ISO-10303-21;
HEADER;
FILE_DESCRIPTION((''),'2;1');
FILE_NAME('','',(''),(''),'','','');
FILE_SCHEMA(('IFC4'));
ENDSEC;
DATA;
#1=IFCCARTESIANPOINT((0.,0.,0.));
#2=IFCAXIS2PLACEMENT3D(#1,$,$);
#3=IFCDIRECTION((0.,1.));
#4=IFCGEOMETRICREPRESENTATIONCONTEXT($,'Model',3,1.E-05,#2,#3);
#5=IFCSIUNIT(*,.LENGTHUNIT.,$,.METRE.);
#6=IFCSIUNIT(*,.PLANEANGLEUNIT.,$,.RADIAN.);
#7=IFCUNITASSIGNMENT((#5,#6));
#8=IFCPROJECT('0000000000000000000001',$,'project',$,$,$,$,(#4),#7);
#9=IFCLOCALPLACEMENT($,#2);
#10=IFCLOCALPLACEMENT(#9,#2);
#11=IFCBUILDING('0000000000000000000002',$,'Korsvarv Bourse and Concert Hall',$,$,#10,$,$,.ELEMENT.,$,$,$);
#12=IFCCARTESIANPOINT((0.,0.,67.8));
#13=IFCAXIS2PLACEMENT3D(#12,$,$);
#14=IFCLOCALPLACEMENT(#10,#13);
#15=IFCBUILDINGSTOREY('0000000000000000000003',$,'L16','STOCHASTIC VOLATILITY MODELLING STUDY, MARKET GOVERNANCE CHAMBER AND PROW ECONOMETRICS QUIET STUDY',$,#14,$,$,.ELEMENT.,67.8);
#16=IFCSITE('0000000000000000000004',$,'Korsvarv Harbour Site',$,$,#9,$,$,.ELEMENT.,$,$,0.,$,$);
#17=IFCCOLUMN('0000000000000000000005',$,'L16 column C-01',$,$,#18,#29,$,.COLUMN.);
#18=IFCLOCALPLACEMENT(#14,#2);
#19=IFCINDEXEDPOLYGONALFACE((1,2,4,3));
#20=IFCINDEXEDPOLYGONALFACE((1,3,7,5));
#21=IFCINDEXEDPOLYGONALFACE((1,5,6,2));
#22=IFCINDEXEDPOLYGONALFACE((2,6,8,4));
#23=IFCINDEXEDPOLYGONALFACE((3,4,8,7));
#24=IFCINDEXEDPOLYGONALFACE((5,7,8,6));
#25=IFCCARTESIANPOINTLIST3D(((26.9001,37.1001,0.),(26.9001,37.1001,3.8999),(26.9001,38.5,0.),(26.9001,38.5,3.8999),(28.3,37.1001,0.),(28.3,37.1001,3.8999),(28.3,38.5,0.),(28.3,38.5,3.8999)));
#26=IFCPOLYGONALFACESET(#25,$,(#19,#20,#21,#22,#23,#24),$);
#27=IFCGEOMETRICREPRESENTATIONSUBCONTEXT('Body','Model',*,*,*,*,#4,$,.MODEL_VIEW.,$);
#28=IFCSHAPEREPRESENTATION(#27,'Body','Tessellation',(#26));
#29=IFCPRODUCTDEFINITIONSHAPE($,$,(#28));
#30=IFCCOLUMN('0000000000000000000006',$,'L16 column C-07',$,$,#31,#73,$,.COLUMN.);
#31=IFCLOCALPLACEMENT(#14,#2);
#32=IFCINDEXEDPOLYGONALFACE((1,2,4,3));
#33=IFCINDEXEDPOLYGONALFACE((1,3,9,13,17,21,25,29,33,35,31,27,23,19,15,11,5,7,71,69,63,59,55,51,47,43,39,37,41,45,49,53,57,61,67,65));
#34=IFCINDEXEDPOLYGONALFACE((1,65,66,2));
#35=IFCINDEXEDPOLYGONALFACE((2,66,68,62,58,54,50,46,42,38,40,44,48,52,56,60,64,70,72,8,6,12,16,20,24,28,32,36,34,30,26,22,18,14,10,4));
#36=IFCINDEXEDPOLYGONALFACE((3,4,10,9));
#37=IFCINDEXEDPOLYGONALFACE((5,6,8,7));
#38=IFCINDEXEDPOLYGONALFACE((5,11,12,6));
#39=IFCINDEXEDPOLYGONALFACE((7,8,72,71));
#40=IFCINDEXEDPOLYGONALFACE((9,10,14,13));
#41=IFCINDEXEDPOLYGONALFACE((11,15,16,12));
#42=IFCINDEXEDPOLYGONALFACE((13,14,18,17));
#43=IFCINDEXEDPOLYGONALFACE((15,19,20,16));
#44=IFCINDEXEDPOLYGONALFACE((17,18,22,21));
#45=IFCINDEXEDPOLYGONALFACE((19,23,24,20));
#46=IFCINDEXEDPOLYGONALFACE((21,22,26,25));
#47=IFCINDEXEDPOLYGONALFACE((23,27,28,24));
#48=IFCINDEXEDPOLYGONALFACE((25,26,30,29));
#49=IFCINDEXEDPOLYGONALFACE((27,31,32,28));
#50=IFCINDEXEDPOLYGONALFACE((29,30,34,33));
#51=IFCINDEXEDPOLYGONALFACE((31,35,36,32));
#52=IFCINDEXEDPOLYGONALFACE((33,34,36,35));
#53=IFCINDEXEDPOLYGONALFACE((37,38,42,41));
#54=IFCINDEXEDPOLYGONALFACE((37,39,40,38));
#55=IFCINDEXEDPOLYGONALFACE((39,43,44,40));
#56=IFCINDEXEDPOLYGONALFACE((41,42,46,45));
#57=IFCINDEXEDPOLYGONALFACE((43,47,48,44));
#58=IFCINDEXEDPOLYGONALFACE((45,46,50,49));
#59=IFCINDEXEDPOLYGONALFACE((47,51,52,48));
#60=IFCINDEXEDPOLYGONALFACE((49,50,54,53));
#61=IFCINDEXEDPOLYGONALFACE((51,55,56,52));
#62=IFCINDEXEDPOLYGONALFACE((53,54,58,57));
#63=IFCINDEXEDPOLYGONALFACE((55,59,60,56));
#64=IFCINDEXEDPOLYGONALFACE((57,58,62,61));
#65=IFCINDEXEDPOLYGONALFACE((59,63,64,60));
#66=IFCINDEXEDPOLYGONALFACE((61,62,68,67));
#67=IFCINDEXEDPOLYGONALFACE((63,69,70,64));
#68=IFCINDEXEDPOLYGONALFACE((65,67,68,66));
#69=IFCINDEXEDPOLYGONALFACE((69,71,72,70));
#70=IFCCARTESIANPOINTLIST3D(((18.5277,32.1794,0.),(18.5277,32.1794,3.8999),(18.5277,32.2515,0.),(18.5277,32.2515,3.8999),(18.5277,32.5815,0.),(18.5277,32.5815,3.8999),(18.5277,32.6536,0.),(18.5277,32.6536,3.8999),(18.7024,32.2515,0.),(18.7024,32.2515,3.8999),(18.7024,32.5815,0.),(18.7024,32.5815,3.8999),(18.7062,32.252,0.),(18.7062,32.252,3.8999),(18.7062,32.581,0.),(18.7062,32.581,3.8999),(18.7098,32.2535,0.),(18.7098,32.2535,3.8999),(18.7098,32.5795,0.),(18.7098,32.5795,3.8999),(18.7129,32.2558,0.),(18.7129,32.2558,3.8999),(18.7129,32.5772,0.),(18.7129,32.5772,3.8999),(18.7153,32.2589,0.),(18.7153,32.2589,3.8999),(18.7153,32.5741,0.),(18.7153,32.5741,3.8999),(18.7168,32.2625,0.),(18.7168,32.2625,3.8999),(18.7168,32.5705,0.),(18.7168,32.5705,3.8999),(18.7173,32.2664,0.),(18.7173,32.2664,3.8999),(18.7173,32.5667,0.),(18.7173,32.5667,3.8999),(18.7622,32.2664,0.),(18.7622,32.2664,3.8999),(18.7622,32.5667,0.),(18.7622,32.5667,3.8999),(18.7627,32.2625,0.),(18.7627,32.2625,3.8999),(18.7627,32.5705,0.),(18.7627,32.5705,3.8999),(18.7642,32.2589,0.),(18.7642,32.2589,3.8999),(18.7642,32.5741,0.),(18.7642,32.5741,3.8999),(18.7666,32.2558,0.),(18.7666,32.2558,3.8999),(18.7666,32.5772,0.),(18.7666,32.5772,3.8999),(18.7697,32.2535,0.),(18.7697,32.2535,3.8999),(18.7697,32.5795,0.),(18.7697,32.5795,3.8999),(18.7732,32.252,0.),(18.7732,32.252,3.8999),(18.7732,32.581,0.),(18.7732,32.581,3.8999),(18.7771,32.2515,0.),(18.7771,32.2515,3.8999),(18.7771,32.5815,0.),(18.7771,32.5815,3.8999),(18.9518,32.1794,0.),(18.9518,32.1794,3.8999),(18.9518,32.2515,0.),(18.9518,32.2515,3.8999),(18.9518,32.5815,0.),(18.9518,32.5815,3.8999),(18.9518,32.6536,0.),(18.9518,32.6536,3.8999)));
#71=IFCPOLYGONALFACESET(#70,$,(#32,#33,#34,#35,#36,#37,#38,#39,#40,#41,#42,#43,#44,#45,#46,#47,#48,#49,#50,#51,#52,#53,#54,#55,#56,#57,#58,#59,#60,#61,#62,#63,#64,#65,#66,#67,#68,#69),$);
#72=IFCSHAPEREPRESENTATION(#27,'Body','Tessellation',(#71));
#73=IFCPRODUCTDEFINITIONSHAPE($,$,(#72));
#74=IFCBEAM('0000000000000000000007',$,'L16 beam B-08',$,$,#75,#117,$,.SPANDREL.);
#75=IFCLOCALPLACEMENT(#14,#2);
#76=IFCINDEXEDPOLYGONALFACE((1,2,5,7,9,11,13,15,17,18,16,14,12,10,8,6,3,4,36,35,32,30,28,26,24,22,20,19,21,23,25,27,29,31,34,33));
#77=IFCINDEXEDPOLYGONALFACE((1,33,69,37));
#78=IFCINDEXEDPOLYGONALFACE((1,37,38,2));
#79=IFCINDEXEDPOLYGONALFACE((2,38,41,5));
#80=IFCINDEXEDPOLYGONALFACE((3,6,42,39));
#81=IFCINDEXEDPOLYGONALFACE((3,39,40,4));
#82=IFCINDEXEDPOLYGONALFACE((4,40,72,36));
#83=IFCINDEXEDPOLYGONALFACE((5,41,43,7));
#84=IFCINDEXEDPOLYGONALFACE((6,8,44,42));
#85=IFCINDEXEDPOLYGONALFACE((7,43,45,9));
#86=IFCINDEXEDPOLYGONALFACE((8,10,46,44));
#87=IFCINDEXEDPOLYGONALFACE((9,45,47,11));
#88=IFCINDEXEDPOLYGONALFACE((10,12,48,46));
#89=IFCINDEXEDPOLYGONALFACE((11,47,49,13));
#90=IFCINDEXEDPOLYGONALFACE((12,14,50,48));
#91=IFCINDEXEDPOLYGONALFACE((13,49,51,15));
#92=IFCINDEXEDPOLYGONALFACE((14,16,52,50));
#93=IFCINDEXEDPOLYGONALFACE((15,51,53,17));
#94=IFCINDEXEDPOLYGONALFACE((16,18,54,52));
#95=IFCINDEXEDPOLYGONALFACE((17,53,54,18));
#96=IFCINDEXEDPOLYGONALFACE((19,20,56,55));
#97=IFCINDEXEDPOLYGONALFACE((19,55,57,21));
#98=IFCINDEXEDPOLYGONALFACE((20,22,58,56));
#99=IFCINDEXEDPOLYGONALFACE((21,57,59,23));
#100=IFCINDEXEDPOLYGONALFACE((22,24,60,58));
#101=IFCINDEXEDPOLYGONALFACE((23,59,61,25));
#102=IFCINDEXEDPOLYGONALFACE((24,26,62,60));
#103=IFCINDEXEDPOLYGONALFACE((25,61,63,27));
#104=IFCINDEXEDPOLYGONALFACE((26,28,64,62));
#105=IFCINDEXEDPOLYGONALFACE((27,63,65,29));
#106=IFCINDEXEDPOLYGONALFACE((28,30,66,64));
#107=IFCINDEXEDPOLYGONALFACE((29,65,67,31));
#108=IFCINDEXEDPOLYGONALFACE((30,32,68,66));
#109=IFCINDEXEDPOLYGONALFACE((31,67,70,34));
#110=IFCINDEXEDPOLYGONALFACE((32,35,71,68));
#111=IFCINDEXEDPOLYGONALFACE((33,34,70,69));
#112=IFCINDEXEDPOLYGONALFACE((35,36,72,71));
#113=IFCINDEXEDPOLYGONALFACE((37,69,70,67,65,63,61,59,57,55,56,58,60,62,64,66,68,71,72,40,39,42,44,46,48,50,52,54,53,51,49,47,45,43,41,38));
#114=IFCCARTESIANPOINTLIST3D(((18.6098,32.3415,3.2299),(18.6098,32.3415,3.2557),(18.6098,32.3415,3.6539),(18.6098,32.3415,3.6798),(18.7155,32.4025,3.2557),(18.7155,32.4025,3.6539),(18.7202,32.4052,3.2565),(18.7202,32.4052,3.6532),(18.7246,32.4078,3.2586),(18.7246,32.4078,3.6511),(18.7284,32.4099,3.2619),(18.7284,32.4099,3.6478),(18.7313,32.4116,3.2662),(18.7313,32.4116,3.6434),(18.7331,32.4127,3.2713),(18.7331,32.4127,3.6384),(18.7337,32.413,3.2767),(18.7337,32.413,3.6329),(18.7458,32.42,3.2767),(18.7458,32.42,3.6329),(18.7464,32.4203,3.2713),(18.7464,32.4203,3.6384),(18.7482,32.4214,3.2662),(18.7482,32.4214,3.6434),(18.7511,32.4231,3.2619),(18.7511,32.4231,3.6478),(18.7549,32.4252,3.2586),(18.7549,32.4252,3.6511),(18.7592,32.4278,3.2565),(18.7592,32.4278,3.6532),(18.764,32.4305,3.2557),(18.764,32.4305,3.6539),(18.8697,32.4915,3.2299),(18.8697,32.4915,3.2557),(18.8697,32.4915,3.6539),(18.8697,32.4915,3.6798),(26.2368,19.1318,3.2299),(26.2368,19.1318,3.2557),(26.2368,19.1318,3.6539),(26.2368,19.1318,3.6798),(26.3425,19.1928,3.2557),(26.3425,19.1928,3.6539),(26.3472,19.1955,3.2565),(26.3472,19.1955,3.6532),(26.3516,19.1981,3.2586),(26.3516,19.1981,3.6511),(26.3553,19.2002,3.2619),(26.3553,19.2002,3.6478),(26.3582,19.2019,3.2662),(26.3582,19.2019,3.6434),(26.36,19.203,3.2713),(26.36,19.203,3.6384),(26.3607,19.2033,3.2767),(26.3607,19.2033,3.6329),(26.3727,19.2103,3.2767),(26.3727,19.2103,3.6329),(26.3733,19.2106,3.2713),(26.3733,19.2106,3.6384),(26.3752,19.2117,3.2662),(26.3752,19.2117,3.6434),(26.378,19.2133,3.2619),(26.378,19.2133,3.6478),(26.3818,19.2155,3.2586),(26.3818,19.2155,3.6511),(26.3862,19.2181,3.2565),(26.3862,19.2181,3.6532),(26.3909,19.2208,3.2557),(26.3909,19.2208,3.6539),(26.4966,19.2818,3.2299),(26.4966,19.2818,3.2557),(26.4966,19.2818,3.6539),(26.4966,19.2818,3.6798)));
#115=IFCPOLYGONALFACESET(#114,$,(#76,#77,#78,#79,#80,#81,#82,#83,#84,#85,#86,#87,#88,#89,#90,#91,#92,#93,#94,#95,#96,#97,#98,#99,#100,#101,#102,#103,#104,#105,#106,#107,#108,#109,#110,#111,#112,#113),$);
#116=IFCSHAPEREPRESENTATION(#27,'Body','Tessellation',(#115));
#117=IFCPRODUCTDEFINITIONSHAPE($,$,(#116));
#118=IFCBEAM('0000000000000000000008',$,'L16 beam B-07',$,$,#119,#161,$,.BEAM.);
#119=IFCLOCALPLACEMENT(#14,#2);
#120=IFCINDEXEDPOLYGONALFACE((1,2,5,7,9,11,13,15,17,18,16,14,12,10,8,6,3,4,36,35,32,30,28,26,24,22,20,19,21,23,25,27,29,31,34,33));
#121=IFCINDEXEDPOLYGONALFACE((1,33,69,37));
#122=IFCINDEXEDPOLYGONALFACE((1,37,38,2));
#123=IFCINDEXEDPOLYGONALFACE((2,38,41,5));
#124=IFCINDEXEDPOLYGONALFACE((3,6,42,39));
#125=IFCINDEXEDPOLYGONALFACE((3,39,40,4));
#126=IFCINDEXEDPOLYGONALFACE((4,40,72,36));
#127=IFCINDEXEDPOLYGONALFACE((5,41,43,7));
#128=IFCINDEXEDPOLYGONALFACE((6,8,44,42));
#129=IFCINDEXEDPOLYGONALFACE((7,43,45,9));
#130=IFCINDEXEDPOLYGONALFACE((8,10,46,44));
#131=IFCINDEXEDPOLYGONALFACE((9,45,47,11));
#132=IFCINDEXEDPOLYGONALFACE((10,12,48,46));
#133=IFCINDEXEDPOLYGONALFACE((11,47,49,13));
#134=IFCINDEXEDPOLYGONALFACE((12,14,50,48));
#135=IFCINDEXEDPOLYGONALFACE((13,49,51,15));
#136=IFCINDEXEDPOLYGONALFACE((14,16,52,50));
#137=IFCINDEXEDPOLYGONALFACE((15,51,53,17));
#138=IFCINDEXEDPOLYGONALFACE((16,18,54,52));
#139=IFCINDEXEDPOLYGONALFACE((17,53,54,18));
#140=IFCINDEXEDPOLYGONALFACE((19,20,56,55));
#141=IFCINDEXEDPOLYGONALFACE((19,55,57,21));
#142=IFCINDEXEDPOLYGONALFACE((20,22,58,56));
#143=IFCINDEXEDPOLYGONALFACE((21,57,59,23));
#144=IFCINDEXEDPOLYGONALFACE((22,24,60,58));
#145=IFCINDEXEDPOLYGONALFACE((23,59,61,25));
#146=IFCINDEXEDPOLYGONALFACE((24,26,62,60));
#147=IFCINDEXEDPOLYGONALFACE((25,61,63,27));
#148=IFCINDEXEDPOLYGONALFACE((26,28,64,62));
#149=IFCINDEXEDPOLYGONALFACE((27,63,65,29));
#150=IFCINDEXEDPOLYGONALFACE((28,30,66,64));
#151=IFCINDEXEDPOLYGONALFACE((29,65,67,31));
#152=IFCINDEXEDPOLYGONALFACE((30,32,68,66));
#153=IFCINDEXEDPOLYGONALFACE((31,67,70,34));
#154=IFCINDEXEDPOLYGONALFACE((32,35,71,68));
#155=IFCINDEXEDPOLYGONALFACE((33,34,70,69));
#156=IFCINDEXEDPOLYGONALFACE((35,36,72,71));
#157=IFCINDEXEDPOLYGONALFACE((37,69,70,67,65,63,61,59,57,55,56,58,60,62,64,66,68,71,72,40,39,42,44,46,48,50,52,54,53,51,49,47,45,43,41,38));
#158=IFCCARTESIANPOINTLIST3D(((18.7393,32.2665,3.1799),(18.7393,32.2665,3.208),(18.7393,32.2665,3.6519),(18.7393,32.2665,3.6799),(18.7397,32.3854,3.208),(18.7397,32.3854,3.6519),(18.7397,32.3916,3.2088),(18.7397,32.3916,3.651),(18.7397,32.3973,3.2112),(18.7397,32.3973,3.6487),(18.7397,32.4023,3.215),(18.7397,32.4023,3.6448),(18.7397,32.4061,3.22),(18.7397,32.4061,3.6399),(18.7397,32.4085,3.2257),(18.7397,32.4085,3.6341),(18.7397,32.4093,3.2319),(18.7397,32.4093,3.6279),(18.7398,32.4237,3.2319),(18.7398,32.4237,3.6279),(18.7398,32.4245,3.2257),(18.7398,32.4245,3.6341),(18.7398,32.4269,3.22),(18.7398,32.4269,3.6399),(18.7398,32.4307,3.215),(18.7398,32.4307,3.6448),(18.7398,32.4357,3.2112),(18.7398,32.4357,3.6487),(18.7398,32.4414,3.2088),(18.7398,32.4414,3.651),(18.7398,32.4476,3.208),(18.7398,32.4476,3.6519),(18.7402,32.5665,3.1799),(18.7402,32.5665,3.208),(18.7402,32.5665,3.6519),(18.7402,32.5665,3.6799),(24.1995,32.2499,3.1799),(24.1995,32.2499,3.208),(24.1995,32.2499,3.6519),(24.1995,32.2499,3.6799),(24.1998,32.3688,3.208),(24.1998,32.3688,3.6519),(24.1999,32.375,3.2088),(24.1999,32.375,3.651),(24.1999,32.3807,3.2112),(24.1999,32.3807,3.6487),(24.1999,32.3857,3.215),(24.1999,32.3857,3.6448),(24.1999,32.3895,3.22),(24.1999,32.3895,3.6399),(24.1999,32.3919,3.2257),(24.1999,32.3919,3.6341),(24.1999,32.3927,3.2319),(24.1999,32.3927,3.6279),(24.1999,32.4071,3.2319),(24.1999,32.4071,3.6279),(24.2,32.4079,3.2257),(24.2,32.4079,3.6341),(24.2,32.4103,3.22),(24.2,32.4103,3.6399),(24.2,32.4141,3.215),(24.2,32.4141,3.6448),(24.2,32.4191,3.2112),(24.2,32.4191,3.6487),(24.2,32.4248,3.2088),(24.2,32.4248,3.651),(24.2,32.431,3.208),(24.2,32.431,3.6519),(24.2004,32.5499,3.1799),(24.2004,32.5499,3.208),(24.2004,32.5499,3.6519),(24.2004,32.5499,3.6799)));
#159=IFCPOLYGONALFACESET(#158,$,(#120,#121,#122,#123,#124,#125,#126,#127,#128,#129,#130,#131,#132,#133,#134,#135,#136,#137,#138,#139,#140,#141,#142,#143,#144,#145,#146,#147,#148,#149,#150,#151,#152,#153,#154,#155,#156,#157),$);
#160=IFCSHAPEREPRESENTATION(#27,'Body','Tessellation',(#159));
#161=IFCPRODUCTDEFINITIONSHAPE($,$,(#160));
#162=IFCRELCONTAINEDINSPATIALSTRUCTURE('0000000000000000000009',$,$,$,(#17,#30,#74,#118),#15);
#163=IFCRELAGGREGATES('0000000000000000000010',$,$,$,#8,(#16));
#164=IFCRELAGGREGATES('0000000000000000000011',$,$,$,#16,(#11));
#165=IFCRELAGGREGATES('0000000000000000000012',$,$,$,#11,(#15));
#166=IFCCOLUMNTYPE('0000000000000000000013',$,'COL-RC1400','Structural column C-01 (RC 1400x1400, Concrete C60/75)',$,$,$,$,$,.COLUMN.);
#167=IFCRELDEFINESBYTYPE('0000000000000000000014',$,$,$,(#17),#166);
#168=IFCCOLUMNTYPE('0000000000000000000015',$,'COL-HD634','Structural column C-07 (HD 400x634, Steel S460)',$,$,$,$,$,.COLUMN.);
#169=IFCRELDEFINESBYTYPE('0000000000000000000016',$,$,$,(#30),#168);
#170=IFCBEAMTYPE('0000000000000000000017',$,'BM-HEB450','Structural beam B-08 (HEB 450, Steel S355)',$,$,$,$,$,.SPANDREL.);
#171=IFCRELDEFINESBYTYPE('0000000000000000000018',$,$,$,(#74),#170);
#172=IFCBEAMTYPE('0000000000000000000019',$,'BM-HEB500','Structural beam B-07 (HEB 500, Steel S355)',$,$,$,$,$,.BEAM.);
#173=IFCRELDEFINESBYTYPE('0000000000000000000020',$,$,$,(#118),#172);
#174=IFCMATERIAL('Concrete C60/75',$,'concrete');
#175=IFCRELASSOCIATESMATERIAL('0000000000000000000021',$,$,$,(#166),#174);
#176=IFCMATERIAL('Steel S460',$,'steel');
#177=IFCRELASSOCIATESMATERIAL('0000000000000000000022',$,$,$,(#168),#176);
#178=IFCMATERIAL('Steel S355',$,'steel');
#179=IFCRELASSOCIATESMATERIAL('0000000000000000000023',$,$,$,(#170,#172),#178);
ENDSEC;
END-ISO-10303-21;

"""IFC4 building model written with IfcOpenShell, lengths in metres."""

from ifc_helpers import new_model, si_unit, direction, frame, origin, origin_2d, place, context, subcontext, project, spatial, rectangle, i_section, extrude, source, transform, mapped, material, material_profile, profile_set, type_object, element, save


model = new_model("IFC4")

# Units and contexts
model_context = context("Model", 3, precision=1e-05, world=origin(), true_north=direction((0.0, 1.0)))
body_context = subcontext(model_context, "Body", "Model", "MODEL_VIEW")
ifc_project = project(units=[si_unit("LENGTHUNIT", "METRE"), si_unit("PLANEANGLEUNIT", "RADIAN")], contexts=[model_context])

# Site, building, storey
site_placement = place(None, origin())
site = spatial("IfcSite", under=ifc_project, at=site_placement, Name="Korsvarv Harbour Site", CompositionType="ELEMENT", RefElevation=0.0)
building_placement = place(site_placement, origin())
building = spatial("IfcBuilding", under=site, at=building_placement, Name="Korsvarv Bourse and Concert Hall", CompositionType="ELEMENT")
storey_placement = place(building_placement, frame((0.0, 0.0, 67.8)))
storey = spatial("IfcBuildingStorey", under=building, at=storey_placement, Name="L16", Description="STOCHASTIC VOLATILITY MODELLING STUDY, MARKET GOVERNANCE CHAMBER AND PROW ECONOMETRICS QUIET STUDY", CompositionType="ELEMENT", Elevation=67.8)

# Columns
ifc_material_1 = material(Name="Concrete C60/75", Category="concrete")
ifc_material_profile_1 = material_profile(ifc_material_1, rectangle(XDim=1.3999, YDim=1.3999, at=origin_2d()), Name="RC 1400x1400")
ifc_profile_set_1 = profile_set([ifc_material_profile_1], Name="Concrete C60/75")
column_type_1 = type_object("IfcColumnType", Name="COL-RC1400", Description="Structural column C-01 (RC 1400x1400, Concrete C60/75)", PredefinedType="COLUMN", material=ifc_profile_set_1)
shared_shape_1 = source(origin(), body_context, "Body", "SweptSolid", [
    extrude(rectangle(XDim=1.3999, YDim=1.3999, at=origin_2d()), origin(), (0.0, 0.0, 1.0), 3.8999),
])
column_1_placement = place(storey_placement, frame((27.6001, 37.8, 0.0), z_axis=(0.0, 0.0, 1.0), x_axis=(1.0, 0.0, 0.0)))
element("IfcColumn", 1, at=column_1_placement, inside=storey, type_object=column_type_1, Name="L16 column C-01", PredefinedType="COLUMN", context=body_context, shape_type="MappedRepresentation", body=[
    mapped(shared_shape_1, transform((0.0, 0.0, 0.0), scale=1.0)),
])
ifc_material_2 = material(Name="Steel S460", Category="steel")
ifc_material_profile_2 = material_profile(ifc_material_2, i_section(OverallWidth=0.4241, OverallDepth=0.4741, WebThickness=0.0449, FlangeThickness=0.072, FilletRadius=0.0149, at=origin_2d()), Name="HD 400x634")
ifc_profile_set_2 = profile_set([ifc_material_profile_2], Name="Steel S460")
column_type_2 = type_object("IfcColumnType", Name="COL-HD634", Description="Structural column C-07 (HD 400x634, Steel S460)", PredefinedType="COLUMN", material=ifc_profile_set_2)
shared_shape_2 = source(origin(), body_context, "Body", "SweptSolid", [
    extrude(i_section(OverallWidth=0.4241, OverallDepth=0.4741, WebThickness=0.0449, FlangeThickness=0.072, FilletRadius=0.0149, at=origin_2d()), origin(), (0.0, 0.0, 1.0), 3.8999),
])
column_2_placement = place(storey_placement, frame((18.7397, 32.4165, 0.0), z_axis=(0.0, 0.0, 1.0), x_axis=(1.0, 0.0, 0.0)))
element("IfcColumn", 2, at=column_2_placement, inside=storey, type_object=column_type_2, Name="L16 column C-07", PredefinedType="COLUMN", context=body_context, shape_type="MappedRepresentation", body=[
    mapped(shared_shape_2, transform((0.0, 0.0, 0.0), scale=1.0)),
])

# Beams
ifc_material_3 = material(Name="Steel S355", Category="steel")
ifc_material_profile_3 = material_profile(ifc_material_3, i_section(OverallWidth=0.3, OverallDepth=0.45, WebThickness=0.0139, FlangeThickness=0.0259, FilletRadius=0.021, at=origin_2d()), Name="HEB 450")
ifc_profile_set_3 = profile_set([ifc_material_profile_3], Name="Steel S355")
beam_type_1 = type_object("IfcBeamType", Name="BM-HEB450", Description="Structural beam B-08 (HEB 450, Steel S355)", PredefinedType="SPANDREL", material=ifc_profile_set_3)
shared_shape_3 = source(origin(), body_context, "Body", "SweptSolid", [
    extrude(i_section(OverallWidth=0.3, OverallDepth=0.45, WebThickness=0.0139, FlangeThickness=0.0259, FilletRadius=0.021, at=origin_2d()), origin(), (0.0, 0.0, 1.0), 15.2534),
])
beam_1_placement = place(storey_placement, frame((18.7397, 32.4165, 3.4548), z_axis=(0.500016, -0.866016, 0.0), x_axis=(0.866016, 0.500016, 0.0)))
element("IfcBeam", 3, at=beam_1_placement, inside=storey, type_object=beam_type_1, Name="L16 beam B-08", PredefinedType="SPANDREL", context=body_context, shape_type="MappedRepresentation", body=[
    mapped(shared_shape_3, transform((0.0, 0.0, 0.0), scale=1.0)),
])
ifc_material_profile_4 = material_profile(ifc_material_3, i_section(OverallWidth=0.3, OverallDepth=0.5, WebThickness=0.0144, FlangeThickness=0.0281, FilletRadius=0.0239, at=origin_2d()), Name="HEB 500")
ifc_profile_set_4 = profile_set([ifc_material_profile_4], Name="Steel S355")
beam_type_2 = type_object("IfcBeamType", Name="BM-HEB500", Description="Structural beam B-07 (HEB 500, Steel S355)", PredefinedType="BEAM", material=ifc_profile_set_4)
shared_shape_4 = source(origin(), body_context, "Body", "SweptSolid", [
    extrude(i_section(OverallWidth=0.3, OverallDepth=0.5, WebThickness=0.0144, FlangeThickness=0.0281, FilletRadius=0.0239, at=origin_2d()), origin(), (0.0, 0.0, 1.0), 5.4602),
])
beam_2_placement = place(storey_placement, frame((18.7397, 32.4165, 3.4299), z_axis=(0.999995, -0.00304, 0.0), x_axis=(0.00304, 0.999995, 0.0)))
element("IfcBeam", 4, at=beam_2_placement, inside=storey, type_object=beam_type_2, Name="L16 beam B-07", PredefinedType="BEAM", context=body_context, shape_type="MappedRepresentation", body=[
    mapped(shared_shape_4, transform((0.0, 0.0, 0.0), scale=1.0)),
])

save(model, "model.ifc")
